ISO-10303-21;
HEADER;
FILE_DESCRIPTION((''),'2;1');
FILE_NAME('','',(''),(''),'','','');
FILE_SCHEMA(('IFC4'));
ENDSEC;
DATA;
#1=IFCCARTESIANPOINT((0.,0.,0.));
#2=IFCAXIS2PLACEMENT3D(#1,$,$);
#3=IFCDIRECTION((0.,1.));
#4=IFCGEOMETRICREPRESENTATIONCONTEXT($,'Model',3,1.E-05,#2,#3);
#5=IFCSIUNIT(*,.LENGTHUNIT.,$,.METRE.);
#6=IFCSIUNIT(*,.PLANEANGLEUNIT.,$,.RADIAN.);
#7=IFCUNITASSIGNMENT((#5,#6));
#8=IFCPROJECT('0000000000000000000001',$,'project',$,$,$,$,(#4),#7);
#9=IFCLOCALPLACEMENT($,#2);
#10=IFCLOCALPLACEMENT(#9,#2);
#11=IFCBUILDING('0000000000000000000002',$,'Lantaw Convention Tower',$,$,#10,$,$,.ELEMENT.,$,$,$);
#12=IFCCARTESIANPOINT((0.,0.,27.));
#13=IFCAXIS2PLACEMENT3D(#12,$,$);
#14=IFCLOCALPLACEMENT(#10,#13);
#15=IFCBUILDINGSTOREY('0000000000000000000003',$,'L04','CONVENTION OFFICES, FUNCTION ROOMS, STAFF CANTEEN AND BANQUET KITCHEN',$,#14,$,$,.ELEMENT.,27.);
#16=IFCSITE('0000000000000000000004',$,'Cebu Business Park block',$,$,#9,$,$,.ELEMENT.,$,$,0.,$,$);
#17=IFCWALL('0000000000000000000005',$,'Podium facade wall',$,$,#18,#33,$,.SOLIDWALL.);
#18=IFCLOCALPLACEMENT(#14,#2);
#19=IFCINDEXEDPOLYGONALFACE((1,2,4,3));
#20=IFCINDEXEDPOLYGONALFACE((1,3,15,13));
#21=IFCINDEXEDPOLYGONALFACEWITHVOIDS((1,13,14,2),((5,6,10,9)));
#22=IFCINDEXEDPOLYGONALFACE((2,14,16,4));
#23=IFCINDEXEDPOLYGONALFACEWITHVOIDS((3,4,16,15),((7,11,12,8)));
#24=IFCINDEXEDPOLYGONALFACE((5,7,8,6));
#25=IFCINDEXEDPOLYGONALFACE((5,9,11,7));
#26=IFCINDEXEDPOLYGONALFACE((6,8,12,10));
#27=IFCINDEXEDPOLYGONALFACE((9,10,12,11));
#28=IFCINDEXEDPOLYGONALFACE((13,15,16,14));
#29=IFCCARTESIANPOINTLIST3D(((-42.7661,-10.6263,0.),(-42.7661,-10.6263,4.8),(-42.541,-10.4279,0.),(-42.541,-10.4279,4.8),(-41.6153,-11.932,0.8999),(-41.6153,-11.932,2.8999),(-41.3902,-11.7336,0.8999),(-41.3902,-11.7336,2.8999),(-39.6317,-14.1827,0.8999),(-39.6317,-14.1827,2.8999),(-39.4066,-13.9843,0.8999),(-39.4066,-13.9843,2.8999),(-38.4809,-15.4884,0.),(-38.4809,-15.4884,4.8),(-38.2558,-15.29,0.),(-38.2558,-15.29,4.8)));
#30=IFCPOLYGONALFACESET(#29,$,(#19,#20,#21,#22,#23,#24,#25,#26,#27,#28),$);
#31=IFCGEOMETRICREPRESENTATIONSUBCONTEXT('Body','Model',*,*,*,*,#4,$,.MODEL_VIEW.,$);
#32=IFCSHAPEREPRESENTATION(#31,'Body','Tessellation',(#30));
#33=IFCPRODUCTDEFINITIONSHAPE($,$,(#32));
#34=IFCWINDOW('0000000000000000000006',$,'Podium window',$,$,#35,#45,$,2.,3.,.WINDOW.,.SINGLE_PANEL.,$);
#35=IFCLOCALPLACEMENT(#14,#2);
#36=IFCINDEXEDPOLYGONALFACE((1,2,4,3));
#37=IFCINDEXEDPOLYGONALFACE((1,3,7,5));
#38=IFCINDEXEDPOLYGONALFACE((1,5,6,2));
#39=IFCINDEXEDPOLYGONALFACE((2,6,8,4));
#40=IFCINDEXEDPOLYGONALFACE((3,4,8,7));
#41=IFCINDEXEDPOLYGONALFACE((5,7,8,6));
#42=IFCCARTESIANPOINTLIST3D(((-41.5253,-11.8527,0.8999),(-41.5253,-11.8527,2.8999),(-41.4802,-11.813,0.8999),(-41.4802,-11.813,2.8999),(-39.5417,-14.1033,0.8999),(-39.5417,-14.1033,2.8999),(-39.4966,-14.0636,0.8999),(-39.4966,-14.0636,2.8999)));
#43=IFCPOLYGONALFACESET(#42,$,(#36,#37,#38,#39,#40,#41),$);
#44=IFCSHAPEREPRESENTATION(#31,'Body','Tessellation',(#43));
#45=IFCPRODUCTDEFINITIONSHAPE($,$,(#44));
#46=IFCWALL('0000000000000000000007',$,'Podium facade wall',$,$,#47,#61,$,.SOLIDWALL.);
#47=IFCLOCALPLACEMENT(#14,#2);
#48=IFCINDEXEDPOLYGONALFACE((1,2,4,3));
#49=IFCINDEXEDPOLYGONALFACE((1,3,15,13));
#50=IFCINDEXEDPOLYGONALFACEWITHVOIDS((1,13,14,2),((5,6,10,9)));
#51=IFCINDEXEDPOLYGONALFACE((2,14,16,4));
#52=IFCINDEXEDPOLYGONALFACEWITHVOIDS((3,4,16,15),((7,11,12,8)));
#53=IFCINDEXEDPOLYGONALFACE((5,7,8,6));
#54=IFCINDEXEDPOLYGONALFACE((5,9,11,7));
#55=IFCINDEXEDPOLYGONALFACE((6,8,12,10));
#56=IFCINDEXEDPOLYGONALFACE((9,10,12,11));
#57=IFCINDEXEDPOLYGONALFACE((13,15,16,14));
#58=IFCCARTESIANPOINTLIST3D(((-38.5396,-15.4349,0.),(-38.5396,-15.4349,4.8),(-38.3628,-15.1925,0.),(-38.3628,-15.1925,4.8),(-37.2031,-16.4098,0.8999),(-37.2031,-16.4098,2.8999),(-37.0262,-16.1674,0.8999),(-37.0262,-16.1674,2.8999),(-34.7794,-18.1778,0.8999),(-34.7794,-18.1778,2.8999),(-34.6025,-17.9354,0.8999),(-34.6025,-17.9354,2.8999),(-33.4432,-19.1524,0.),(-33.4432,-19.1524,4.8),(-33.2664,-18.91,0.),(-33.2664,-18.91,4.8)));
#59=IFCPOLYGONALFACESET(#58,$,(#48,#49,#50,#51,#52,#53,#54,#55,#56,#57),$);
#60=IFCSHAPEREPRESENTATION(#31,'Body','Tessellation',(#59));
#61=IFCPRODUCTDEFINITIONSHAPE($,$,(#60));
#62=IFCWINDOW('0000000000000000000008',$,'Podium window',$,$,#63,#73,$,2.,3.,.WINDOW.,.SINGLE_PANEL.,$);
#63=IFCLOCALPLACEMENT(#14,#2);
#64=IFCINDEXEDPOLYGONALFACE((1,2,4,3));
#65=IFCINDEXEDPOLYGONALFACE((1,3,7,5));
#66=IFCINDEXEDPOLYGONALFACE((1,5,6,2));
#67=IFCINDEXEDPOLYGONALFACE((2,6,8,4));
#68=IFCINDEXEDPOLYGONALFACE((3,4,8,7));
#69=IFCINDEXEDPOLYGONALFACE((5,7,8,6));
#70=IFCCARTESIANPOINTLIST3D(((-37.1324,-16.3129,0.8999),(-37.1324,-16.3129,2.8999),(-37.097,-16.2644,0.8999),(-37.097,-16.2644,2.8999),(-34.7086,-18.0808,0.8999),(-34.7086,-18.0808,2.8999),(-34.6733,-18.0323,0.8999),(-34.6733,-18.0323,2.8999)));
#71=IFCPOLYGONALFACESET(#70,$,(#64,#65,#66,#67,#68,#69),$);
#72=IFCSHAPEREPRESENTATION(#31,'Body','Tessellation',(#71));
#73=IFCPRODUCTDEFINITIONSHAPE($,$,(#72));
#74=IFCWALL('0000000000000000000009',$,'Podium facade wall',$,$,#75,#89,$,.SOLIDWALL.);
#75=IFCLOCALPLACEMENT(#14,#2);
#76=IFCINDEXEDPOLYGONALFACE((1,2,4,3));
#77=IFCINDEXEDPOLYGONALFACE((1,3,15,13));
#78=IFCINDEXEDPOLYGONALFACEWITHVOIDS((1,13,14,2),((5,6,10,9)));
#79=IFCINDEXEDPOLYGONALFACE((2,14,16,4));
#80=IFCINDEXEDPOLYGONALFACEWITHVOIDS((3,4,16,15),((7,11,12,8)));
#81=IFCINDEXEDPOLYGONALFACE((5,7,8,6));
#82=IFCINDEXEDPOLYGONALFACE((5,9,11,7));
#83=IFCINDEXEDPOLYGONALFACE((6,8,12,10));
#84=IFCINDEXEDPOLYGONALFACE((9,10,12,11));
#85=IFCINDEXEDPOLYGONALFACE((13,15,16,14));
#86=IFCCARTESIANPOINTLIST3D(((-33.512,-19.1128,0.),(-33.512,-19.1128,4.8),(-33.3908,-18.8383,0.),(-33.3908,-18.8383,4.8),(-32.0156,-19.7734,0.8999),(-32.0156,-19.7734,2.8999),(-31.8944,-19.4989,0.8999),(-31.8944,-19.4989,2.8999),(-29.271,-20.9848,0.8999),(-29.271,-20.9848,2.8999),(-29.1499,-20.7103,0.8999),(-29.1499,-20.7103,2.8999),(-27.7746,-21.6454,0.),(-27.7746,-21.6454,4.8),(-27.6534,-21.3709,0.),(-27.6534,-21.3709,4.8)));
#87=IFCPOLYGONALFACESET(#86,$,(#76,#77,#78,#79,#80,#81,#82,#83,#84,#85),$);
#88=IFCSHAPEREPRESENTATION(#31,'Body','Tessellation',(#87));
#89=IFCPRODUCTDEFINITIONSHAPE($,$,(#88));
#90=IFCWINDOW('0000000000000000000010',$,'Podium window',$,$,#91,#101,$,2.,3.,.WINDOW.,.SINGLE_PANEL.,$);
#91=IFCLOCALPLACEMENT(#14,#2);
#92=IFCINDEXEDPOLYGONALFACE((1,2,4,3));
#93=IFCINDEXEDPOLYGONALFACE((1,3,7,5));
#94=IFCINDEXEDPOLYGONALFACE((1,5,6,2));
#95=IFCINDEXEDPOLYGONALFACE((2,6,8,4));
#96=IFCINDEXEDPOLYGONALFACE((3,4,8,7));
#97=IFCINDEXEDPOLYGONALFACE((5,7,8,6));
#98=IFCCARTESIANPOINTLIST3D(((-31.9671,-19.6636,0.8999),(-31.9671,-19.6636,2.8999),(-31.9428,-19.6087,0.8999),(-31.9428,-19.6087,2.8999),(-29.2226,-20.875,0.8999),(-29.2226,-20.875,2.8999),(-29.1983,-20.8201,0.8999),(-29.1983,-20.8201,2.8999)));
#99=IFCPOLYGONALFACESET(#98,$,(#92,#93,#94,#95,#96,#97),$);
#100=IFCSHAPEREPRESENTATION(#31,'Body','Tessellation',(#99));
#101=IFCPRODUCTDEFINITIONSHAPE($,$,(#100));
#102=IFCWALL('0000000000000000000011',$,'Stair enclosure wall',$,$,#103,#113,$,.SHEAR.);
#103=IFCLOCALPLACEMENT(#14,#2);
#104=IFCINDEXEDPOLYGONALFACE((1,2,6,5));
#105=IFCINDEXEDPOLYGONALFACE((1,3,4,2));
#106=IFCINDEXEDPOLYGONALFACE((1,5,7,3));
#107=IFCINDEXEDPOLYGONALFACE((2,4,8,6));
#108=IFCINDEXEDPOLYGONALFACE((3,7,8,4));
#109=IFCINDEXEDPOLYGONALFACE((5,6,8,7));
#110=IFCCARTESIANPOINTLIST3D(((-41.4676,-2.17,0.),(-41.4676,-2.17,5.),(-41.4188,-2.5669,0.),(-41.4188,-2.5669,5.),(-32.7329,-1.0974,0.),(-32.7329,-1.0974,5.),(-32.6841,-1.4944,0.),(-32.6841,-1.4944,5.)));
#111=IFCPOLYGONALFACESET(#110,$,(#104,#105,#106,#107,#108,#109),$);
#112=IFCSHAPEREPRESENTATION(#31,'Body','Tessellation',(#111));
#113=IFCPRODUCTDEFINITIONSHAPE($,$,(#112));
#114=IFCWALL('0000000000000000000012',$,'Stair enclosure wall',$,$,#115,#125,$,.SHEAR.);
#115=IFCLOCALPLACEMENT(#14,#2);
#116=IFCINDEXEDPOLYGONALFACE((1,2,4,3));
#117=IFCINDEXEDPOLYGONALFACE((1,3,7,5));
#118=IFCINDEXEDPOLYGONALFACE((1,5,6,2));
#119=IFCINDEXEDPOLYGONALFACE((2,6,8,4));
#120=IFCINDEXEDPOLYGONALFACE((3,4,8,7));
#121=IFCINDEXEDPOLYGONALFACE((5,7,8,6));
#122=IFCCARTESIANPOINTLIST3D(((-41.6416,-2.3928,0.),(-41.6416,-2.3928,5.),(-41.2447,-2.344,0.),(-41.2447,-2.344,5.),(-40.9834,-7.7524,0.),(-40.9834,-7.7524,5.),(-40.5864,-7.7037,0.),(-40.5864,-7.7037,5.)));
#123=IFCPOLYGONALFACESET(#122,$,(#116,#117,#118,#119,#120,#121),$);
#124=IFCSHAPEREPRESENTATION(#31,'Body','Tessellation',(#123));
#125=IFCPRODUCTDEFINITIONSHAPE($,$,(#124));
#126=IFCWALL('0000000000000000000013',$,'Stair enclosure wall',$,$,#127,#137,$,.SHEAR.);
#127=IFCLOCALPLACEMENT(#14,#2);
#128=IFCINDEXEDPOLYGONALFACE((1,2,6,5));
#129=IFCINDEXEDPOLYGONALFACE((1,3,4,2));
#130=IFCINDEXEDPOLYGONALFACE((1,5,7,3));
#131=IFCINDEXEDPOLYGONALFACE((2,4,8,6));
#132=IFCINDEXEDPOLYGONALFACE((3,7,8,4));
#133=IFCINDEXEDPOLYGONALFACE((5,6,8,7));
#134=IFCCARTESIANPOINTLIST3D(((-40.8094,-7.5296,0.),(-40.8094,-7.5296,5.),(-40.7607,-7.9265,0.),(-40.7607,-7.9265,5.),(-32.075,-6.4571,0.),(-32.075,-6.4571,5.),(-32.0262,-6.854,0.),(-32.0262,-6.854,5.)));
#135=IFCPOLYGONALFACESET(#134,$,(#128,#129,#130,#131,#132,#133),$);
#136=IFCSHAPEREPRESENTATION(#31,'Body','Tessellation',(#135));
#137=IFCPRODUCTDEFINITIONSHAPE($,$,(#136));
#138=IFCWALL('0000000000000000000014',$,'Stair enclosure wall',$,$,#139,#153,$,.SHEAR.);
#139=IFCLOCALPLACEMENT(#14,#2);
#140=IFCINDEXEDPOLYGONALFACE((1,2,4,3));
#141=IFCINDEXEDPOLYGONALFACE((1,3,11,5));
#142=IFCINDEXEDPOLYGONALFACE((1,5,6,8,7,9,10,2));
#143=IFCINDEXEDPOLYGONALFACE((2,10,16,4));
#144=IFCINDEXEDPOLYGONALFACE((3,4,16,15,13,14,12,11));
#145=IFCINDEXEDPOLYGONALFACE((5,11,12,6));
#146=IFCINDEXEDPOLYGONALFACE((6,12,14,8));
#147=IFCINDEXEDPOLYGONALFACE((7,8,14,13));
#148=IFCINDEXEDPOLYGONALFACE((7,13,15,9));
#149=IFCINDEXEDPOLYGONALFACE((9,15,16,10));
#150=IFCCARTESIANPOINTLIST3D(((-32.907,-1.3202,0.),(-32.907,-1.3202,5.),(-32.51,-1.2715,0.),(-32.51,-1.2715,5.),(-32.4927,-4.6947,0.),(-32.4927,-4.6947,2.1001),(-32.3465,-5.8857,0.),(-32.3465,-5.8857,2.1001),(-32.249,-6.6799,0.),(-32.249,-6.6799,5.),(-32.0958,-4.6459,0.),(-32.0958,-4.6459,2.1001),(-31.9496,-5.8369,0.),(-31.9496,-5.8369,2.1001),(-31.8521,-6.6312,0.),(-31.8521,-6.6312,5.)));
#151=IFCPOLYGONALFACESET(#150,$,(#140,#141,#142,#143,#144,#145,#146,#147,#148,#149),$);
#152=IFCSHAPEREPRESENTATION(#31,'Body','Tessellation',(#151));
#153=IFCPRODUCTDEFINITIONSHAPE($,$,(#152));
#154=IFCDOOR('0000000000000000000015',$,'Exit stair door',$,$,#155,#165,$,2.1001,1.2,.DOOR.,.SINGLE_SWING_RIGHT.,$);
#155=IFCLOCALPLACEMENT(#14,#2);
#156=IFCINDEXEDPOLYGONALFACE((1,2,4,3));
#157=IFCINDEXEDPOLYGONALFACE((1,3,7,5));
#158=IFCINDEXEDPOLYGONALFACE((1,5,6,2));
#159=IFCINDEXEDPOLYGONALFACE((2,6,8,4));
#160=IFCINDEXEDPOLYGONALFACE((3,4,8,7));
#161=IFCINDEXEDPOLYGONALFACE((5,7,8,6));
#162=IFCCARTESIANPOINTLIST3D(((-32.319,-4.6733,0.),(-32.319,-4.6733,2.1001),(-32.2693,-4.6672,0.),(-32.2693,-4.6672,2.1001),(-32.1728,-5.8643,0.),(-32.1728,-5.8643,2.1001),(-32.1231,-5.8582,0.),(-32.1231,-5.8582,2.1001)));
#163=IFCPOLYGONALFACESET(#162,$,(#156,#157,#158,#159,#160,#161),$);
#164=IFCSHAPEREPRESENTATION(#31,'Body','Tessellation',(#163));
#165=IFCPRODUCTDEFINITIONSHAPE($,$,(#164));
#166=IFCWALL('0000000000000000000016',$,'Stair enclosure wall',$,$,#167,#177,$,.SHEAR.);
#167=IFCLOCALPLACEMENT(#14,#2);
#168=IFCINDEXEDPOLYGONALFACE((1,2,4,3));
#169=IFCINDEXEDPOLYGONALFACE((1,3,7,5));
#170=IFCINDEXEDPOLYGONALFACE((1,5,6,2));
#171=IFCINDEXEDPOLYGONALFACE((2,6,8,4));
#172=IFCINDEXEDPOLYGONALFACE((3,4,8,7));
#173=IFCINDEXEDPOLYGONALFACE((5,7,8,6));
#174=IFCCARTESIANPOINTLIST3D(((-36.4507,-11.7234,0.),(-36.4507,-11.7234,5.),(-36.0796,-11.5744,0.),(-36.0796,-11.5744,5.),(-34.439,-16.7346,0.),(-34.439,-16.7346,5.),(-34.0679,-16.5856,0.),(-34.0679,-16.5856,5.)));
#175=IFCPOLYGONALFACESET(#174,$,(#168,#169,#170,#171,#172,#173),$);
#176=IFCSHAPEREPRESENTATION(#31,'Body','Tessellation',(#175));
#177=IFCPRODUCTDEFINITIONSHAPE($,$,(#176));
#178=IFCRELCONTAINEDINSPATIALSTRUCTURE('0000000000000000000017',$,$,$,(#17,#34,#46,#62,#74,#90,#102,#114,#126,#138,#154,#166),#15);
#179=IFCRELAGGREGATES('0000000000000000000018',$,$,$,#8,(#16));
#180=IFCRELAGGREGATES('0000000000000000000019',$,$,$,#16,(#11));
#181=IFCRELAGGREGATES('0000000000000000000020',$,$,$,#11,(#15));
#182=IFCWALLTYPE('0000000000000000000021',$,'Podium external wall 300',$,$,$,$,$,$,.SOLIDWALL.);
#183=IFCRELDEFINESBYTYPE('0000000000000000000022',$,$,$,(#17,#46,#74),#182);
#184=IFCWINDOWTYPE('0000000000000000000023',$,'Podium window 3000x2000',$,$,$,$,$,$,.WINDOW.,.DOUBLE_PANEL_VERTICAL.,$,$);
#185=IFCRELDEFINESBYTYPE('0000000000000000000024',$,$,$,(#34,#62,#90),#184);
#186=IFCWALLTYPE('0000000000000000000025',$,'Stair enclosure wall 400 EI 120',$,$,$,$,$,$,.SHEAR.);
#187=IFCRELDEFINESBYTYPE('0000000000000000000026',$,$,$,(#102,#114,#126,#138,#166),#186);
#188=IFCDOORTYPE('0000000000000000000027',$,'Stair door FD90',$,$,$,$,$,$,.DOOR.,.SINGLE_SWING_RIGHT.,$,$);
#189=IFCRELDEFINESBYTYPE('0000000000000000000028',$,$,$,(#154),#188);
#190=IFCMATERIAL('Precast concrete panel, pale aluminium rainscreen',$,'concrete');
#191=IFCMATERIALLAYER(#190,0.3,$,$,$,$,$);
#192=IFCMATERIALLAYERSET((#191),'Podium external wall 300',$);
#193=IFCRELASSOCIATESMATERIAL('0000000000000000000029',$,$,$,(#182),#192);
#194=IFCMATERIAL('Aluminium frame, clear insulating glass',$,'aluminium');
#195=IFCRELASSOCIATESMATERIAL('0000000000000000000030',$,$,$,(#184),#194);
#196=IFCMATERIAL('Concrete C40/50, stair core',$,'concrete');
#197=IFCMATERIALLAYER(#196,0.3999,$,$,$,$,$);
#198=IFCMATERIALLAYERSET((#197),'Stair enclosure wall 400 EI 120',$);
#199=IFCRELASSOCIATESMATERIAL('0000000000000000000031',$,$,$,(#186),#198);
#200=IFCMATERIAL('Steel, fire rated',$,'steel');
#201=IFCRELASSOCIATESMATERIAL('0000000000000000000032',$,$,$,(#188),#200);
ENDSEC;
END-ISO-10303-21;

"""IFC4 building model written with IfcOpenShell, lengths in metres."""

from ifc_helpers import new_model, si_unit, direction, frame, frame_2d, origin, place, context, subcontext, project, spatial, rectangle, extrude, material, layer, layer_set, type_object, element, fill, save


model = new_model("IFC4")

# Units and contexts
model_context = context("Model", 3, precision=1e-05, world=origin(), true_north=direction((0.0, 1.0)))
body_context = subcontext(model_context, "Body", "Model", "MODEL_VIEW")
ifc_project = project(units=[si_unit("LENGTHUNIT", "METRE"), si_unit("PLANEANGLEUNIT", "RADIAN")], contexts=[model_context])

# Site, building, storey
site_placement = place(None, origin())
site = spatial("IfcSite", under=ifc_project, at=site_placement, Name="Cebu Business Park block", CompositionType="ELEMENT", RefElevation=0.0)
building_placement = place(site_placement, origin())
building = spatial("IfcBuilding", under=site, at=building_placement, Name="Lantaw Convention Tower", CompositionType="ELEMENT")
storey_placement = place(building_placement, frame((0.0, 0.0, 27.0)))
storey = spatial("IfcBuildingStorey", under=building, at=storey_placement, Name="L04", Description="CONVENTION OFFICES, FUNCTION ROOMS, STAFF CANTEEN AND BANQUET KITCHEN", CompositionType="ELEMENT", Elevation=27.0)

# Walls, openings, windows
ifc_material_1 = material(Name="Precast concrete panel, pale aluminium rainscreen", Category="concrete")
ifc_layer_1 = layer(ifc_material_1, 0.3)
ifc_layer_set_1 = layer_set([ifc_layer_1], Name="Podium external wall 300")
wall_type_1 = type_object("IfcWallType", Name="Podium external wall 300", PredefinedType="SOLIDWALL", material=ifc_layer_set_1)
ifc_material_2 = material(Name="Aluminium frame, clear insulating glass", Category="aluminium")
window_type = type_object("IfcWindowType", Name="Podium window 3000x2000", PartitioningType="DOUBLE_PANEL_VERTICAL", PredefinedType="WINDOW", material=ifc_material_2)
wall_1_placement = place(storey_placement, frame((-42.6536, -10.5271, 0.0), z_axis=(0.0, 0.0, 1.0), x_axis=(0.661197, -0.750213, 0.0)))
wall_1 = element("IfcWall", 1, at=wall_1_placement, inside=storey, type_object=wall_type_1, Name="Podium facade wall", PredefinedType="SOLIDWALL", context=body_context, shape_type="SweptSolid", body=[
    extrude(rectangle(XDim=6.481, YDim=0.3, at=frame_2d((3.2405, 0.0))), origin(), (0.0, 0.0, 1.0), 4.8),
])
opening_1_placement = place(wall_1_placement, frame((1.7405, 0.0, 0.8999)))
opening_1 = element("IfcOpeningElement", 2, at=opening_1_placement, cuts=wall_1, PredefinedType="OPENING", context=body_context, shape_type="SweptSolid", body=[
    extrude(rectangle(XDim=3.0, YDim=2.0, at=frame_2d((1.5, 1.0))), frame((0.0, 0.1599, 0.0), z_axis=(0.0, -1.0, 0.0), x_axis=(1.0, 0.0, 0.0)), (0.0, 0.0, 1.0), 0.3201),
])
window_1_placement = place(opening_1_placement, origin())
window_1 = element("IfcWindow", 3, at=window_1_placement, inside=storey, type_object=window_type, Name="Podium window", OverallHeight=2.0, OverallWidth=3.0, PartitioningType="SINGLE_PANEL", PredefinedType="WINDOW", context=body_context, shape_type="SweptSolid", body=[
    extrude(rectangle(XDim=3.0, YDim=2.0, at=frame_2d((1.5, 1.0))), frame((0.0, 0.03, 0.0), z_axis=(0.0, -1.0, 0.0), x_axis=(1.0, 0.0, 0.0)), (0.0, 0.0, 1.0), 0.0601),
])
fill(opening_1, window_1)
wall_2_placement = place(storey_placement, frame((-38.4512, -15.3137, 0.0), z_axis=(0.0, 0.0, 1.0), x_axis=(0.807903, -0.589315, 0.0)))
wall_2 = element("IfcWall", 4, at=wall_2_placement, inside=storey, type_object=wall_type_1, Name="Podium facade wall", PredefinedType="SOLIDWALL", context=body_context, shape_type="SweptSolid", body=[
    extrude(rectangle(XDim=6.3081, YDim=0.3, at=frame_2d((3.1541, 0.0))), origin(), (0.0, 0.0, 1.0), 4.8),
])
opening_2_placement = place(wall_2_placement, frame((1.6543, 0.0, 0.8999)))
opening_2 = element("IfcOpeningElement", 5, at=opening_2_placement, cuts=wall_2, PredefinedType="OPENING", context=body_context, shape_type="SweptSolid", body=[
    extrude(rectangle(XDim=3.0, YDim=2.0, at=frame_2d((1.5, 1.0))), frame((0.0, 0.1599, 0.0), z_axis=(0.0, -1.0, 0.0), x_axis=(1.0, 0.0, 0.0)), (0.0, 0.0, 1.0), 0.3201),
])
window_2_placement = place(opening_2_placement, origin())
window_2 = element("IfcWindow", 6, at=window_2_placement, inside=storey, type_object=window_type, Name="Podium window", OverallHeight=2.0, OverallWidth=3.0, PartitioningType="SINGLE_PANEL", PredefinedType="WINDOW", context=body_context, shape_type="SweptSolid", body=[
    extrude(rectangle(XDim=3.0, YDim=2.0, at=frame_2d((1.5, 1.0))), frame((0.0, 0.03, 0.0), z_axis=(0.0, -1.0, 0.0), x_axis=(1.0, 0.0, 0.0)), (0.0, 0.0, 1.0), 0.0601),
])
fill(opening_2, window_2)
wall_3_placement = place(storey_placement, frame((-33.4514, -18.9756, 0.0), z_axis=(0.0, 0.0, 1.0), x_axis=(0.914841, -0.403815, 0.0)))
wall_3 = element("IfcWall", 7, at=wall_3_placement, inside=storey, type_object=wall_type_1, Name="Podium facade wall", PredefinedType="SOLIDWALL", context=body_context, shape_type="SweptSolid", body=[
    extrude(rectangle(XDim=6.2715, YDim=0.3, at=frame_2d((3.1357, 0.0))), origin(), (0.0, 0.0, 1.0), 4.8),
])
opening_3_placement = place(wall_3_placement, frame((1.6357, 0.0, 0.8999)))
opening_3 = element("IfcOpeningElement", 8, at=opening_3_placement, cuts=wall_3, PredefinedType="OPENING", context=body_context, shape_type="SweptSolid", body=[
    extrude(rectangle(XDim=3.0, YDim=2.0, at=frame_2d((1.5, 1.0))), frame((0.0, 0.1599, 0.0), z_axis=(0.0, -1.0, 0.0), x_axis=(1.0, 0.0, 0.0)), (0.0, 0.0, 1.0), 0.3201),
])
window_3_placement = place(opening_3_placement, origin())
window_3 = element("IfcWindow", 9, at=window_3_placement, inside=storey, type_object=window_type, Name="Podium window", OverallHeight=2.0, OverallWidth=3.0, PartitioningType="SINGLE_PANEL", PredefinedType="WINDOW", context=body_context, shape_type="SweptSolid", body=[
    extrude(rectangle(XDim=3.0, YDim=2.0, at=frame_2d((1.5, 1.0))), frame((0.0, 0.03, 0.0), z_axis=(0.0, -1.0, 0.0), x_axis=(1.0, 0.0, 0.0)), (0.0, 0.0, 1.0), 0.0601),
])
fill(opening_3, window_3)

# Walls
ifc_material_3 = material(Name="Concrete C40/50, stair core", Category="concrete")
ifc_layer_2 = layer(ifc_material_3, 0.3999)
ifc_layer_set_2 = layer_set([ifc_layer_2], Name="Stair enclosure wall 400 EI 120")
wall_type_2 = type_object("IfcWallType", Name="Stair enclosure wall 400 EI 120", PredefinedType="SHEAR", material=ifc_layer_set_2)
wall_4_placement = place(storey_placement, frame((-32.7085, -1.2959, 0.0), z_axis=(0.0, 0.0, 1.0), x_axis=(-0.992546, -0.121873, 0.0)))
element("IfcWall", 10, at=wall_4_placement, inside=storey, type_object=wall_type_2, Name="Stair enclosure wall", PredefinedType="SHEAR", context=body_context, shape_type="SweptSolid", body=[
    extrude(rectangle(XDim=8.8003, YDim=0.3999, at=frame_2d((4.4001, 0.0))), origin(), (0.0, 0.0, 1.0), 5.0),
])
wall_5_placement = place(storey_placement, frame((-41.4431, -2.3684, 0.0), z_axis=(0.0, 0.0, 1.0), x_axis=(0.121892, -0.992543, 0.0)))
element("IfcWall", 11, at=wall_5_placement, inside=storey, type_object=wall_type_2, Name="Stair enclosure wall", PredefinedType="SHEAR", context=body_context, shape_type="SweptSolid", body=[
    extrude(rectangle(XDim=5.3999, YDim=0.3999, at=frame_2d((2.7, 0.0))), origin(), (0.0, 0.0, 1.0), 5.0),
])
wall_6_placement = place(storey_placement, frame((-40.7849, -7.728, 0.0), z_axis=(0.0, 0.0, 1.0), x_axis=(0.992545, 0.121876, 0.0)))
element("IfcWall", 12, at=wall_6_placement, inside=storey, type_object=wall_type_2, Name="Stair enclosure wall", PredefinedType="SHEAR", context=body_context, shape_type="SweptSolid", body=[
    extrude(rectangle(XDim=8.8, YDim=0.3999, at=frame_2d((4.3999, 0.0))), origin(), (0.0, 0.0, 1.0), 5.0),
])

# Wall, opening, door
wall_7_placement = place(storey_placement, frame((-32.0505, -6.6555, 0.0), z_axis=(0.0, 0.0, 1.0), x_axis=(-0.121848, 0.992549, 0.0)))
wall_7 = element("IfcWall", 13, at=wall_7_placement, inside=storey, type_object=wall_type_2, Name="Stair enclosure wall", PredefinedType="SHEAR", context=body_context, shape_type="SweptSolid", body=[
    extrude(rectangle(XDim=5.3999, YDim=0.3999, at=frame_2d((2.7, 0.0))), origin(), (0.0, 0.0, 1.0), 5.0),
])
opening_4_placement = place(wall_7_placement, frame((0.8, 0.0, 0.0)))
opening_4 = element("IfcOpeningElement", 14, at=opening_4_placement, cuts=wall_7, PredefinedType="OPENING", context=body_context, shape_type="SweptSolid", body=[
    extrude(rectangle(XDim=1.2, YDim=2.1001, at=frame_2d((0.6001, 1.05))), frame((0.0, 0.21, 0.0), z_axis=(0.0, -1.0, 0.0), x_axis=(1.0, 0.0, 0.0)), (0.0, 0.0, 1.0), 0.4199),
])
ifc_material_4 = material(Name="Steel, fire rated", Category="steel")
door_type = type_object("IfcDoorType", Name="Stair door FD90", OperationType="SINGLE_SWING_RIGHT", PredefinedType="DOOR", material=ifc_material_4)
door_placement = place(opening_4_placement, origin())
door = element("IfcDoor", 15, at=door_placement, inside=storey, type_object=door_type, Name="Exit stair door", OperationType="SINGLE_SWING_RIGHT", OverallHeight=2.1001, OverallWidth=1.2, PredefinedType="DOOR", context=body_context, shape_type="SweptSolid", body=[
    extrude(rectangle(XDim=1.2, YDim=2.1001, at=frame_2d((0.6001, 1.05))), frame((0.0, 0.0249, 0.0), z_axis=(0.0, -1.0, 0.0), x_axis=(1.0, 0.0, 0.0)), (0.0, 0.0, 1.0), 0.05),
])
fill(opening_4, door)

# Wall
wall_8_placement = place(storey_placement, frame((-36.2651, -11.6489, 0.0), z_axis=(0.0, 0.0, 1.0), x_axis=(0.372544, -0.928015, 0.0)))
element("IfcWall", 16, at=wall_8_placement, inside=storey, type_object=wall_type_2, Name="Stair enclosure wall", PredefinedType="SHEAR", context=body_context, shape_type="SweptSolid", body=[
    extrude(rectangle(XDim=5.3999, YDim=0.3999, at=frame_2d((2.7, 0.0))), origin(), (0.0, 0.0, 1.0), 5.0),
])

save(model, "model.ifc")
